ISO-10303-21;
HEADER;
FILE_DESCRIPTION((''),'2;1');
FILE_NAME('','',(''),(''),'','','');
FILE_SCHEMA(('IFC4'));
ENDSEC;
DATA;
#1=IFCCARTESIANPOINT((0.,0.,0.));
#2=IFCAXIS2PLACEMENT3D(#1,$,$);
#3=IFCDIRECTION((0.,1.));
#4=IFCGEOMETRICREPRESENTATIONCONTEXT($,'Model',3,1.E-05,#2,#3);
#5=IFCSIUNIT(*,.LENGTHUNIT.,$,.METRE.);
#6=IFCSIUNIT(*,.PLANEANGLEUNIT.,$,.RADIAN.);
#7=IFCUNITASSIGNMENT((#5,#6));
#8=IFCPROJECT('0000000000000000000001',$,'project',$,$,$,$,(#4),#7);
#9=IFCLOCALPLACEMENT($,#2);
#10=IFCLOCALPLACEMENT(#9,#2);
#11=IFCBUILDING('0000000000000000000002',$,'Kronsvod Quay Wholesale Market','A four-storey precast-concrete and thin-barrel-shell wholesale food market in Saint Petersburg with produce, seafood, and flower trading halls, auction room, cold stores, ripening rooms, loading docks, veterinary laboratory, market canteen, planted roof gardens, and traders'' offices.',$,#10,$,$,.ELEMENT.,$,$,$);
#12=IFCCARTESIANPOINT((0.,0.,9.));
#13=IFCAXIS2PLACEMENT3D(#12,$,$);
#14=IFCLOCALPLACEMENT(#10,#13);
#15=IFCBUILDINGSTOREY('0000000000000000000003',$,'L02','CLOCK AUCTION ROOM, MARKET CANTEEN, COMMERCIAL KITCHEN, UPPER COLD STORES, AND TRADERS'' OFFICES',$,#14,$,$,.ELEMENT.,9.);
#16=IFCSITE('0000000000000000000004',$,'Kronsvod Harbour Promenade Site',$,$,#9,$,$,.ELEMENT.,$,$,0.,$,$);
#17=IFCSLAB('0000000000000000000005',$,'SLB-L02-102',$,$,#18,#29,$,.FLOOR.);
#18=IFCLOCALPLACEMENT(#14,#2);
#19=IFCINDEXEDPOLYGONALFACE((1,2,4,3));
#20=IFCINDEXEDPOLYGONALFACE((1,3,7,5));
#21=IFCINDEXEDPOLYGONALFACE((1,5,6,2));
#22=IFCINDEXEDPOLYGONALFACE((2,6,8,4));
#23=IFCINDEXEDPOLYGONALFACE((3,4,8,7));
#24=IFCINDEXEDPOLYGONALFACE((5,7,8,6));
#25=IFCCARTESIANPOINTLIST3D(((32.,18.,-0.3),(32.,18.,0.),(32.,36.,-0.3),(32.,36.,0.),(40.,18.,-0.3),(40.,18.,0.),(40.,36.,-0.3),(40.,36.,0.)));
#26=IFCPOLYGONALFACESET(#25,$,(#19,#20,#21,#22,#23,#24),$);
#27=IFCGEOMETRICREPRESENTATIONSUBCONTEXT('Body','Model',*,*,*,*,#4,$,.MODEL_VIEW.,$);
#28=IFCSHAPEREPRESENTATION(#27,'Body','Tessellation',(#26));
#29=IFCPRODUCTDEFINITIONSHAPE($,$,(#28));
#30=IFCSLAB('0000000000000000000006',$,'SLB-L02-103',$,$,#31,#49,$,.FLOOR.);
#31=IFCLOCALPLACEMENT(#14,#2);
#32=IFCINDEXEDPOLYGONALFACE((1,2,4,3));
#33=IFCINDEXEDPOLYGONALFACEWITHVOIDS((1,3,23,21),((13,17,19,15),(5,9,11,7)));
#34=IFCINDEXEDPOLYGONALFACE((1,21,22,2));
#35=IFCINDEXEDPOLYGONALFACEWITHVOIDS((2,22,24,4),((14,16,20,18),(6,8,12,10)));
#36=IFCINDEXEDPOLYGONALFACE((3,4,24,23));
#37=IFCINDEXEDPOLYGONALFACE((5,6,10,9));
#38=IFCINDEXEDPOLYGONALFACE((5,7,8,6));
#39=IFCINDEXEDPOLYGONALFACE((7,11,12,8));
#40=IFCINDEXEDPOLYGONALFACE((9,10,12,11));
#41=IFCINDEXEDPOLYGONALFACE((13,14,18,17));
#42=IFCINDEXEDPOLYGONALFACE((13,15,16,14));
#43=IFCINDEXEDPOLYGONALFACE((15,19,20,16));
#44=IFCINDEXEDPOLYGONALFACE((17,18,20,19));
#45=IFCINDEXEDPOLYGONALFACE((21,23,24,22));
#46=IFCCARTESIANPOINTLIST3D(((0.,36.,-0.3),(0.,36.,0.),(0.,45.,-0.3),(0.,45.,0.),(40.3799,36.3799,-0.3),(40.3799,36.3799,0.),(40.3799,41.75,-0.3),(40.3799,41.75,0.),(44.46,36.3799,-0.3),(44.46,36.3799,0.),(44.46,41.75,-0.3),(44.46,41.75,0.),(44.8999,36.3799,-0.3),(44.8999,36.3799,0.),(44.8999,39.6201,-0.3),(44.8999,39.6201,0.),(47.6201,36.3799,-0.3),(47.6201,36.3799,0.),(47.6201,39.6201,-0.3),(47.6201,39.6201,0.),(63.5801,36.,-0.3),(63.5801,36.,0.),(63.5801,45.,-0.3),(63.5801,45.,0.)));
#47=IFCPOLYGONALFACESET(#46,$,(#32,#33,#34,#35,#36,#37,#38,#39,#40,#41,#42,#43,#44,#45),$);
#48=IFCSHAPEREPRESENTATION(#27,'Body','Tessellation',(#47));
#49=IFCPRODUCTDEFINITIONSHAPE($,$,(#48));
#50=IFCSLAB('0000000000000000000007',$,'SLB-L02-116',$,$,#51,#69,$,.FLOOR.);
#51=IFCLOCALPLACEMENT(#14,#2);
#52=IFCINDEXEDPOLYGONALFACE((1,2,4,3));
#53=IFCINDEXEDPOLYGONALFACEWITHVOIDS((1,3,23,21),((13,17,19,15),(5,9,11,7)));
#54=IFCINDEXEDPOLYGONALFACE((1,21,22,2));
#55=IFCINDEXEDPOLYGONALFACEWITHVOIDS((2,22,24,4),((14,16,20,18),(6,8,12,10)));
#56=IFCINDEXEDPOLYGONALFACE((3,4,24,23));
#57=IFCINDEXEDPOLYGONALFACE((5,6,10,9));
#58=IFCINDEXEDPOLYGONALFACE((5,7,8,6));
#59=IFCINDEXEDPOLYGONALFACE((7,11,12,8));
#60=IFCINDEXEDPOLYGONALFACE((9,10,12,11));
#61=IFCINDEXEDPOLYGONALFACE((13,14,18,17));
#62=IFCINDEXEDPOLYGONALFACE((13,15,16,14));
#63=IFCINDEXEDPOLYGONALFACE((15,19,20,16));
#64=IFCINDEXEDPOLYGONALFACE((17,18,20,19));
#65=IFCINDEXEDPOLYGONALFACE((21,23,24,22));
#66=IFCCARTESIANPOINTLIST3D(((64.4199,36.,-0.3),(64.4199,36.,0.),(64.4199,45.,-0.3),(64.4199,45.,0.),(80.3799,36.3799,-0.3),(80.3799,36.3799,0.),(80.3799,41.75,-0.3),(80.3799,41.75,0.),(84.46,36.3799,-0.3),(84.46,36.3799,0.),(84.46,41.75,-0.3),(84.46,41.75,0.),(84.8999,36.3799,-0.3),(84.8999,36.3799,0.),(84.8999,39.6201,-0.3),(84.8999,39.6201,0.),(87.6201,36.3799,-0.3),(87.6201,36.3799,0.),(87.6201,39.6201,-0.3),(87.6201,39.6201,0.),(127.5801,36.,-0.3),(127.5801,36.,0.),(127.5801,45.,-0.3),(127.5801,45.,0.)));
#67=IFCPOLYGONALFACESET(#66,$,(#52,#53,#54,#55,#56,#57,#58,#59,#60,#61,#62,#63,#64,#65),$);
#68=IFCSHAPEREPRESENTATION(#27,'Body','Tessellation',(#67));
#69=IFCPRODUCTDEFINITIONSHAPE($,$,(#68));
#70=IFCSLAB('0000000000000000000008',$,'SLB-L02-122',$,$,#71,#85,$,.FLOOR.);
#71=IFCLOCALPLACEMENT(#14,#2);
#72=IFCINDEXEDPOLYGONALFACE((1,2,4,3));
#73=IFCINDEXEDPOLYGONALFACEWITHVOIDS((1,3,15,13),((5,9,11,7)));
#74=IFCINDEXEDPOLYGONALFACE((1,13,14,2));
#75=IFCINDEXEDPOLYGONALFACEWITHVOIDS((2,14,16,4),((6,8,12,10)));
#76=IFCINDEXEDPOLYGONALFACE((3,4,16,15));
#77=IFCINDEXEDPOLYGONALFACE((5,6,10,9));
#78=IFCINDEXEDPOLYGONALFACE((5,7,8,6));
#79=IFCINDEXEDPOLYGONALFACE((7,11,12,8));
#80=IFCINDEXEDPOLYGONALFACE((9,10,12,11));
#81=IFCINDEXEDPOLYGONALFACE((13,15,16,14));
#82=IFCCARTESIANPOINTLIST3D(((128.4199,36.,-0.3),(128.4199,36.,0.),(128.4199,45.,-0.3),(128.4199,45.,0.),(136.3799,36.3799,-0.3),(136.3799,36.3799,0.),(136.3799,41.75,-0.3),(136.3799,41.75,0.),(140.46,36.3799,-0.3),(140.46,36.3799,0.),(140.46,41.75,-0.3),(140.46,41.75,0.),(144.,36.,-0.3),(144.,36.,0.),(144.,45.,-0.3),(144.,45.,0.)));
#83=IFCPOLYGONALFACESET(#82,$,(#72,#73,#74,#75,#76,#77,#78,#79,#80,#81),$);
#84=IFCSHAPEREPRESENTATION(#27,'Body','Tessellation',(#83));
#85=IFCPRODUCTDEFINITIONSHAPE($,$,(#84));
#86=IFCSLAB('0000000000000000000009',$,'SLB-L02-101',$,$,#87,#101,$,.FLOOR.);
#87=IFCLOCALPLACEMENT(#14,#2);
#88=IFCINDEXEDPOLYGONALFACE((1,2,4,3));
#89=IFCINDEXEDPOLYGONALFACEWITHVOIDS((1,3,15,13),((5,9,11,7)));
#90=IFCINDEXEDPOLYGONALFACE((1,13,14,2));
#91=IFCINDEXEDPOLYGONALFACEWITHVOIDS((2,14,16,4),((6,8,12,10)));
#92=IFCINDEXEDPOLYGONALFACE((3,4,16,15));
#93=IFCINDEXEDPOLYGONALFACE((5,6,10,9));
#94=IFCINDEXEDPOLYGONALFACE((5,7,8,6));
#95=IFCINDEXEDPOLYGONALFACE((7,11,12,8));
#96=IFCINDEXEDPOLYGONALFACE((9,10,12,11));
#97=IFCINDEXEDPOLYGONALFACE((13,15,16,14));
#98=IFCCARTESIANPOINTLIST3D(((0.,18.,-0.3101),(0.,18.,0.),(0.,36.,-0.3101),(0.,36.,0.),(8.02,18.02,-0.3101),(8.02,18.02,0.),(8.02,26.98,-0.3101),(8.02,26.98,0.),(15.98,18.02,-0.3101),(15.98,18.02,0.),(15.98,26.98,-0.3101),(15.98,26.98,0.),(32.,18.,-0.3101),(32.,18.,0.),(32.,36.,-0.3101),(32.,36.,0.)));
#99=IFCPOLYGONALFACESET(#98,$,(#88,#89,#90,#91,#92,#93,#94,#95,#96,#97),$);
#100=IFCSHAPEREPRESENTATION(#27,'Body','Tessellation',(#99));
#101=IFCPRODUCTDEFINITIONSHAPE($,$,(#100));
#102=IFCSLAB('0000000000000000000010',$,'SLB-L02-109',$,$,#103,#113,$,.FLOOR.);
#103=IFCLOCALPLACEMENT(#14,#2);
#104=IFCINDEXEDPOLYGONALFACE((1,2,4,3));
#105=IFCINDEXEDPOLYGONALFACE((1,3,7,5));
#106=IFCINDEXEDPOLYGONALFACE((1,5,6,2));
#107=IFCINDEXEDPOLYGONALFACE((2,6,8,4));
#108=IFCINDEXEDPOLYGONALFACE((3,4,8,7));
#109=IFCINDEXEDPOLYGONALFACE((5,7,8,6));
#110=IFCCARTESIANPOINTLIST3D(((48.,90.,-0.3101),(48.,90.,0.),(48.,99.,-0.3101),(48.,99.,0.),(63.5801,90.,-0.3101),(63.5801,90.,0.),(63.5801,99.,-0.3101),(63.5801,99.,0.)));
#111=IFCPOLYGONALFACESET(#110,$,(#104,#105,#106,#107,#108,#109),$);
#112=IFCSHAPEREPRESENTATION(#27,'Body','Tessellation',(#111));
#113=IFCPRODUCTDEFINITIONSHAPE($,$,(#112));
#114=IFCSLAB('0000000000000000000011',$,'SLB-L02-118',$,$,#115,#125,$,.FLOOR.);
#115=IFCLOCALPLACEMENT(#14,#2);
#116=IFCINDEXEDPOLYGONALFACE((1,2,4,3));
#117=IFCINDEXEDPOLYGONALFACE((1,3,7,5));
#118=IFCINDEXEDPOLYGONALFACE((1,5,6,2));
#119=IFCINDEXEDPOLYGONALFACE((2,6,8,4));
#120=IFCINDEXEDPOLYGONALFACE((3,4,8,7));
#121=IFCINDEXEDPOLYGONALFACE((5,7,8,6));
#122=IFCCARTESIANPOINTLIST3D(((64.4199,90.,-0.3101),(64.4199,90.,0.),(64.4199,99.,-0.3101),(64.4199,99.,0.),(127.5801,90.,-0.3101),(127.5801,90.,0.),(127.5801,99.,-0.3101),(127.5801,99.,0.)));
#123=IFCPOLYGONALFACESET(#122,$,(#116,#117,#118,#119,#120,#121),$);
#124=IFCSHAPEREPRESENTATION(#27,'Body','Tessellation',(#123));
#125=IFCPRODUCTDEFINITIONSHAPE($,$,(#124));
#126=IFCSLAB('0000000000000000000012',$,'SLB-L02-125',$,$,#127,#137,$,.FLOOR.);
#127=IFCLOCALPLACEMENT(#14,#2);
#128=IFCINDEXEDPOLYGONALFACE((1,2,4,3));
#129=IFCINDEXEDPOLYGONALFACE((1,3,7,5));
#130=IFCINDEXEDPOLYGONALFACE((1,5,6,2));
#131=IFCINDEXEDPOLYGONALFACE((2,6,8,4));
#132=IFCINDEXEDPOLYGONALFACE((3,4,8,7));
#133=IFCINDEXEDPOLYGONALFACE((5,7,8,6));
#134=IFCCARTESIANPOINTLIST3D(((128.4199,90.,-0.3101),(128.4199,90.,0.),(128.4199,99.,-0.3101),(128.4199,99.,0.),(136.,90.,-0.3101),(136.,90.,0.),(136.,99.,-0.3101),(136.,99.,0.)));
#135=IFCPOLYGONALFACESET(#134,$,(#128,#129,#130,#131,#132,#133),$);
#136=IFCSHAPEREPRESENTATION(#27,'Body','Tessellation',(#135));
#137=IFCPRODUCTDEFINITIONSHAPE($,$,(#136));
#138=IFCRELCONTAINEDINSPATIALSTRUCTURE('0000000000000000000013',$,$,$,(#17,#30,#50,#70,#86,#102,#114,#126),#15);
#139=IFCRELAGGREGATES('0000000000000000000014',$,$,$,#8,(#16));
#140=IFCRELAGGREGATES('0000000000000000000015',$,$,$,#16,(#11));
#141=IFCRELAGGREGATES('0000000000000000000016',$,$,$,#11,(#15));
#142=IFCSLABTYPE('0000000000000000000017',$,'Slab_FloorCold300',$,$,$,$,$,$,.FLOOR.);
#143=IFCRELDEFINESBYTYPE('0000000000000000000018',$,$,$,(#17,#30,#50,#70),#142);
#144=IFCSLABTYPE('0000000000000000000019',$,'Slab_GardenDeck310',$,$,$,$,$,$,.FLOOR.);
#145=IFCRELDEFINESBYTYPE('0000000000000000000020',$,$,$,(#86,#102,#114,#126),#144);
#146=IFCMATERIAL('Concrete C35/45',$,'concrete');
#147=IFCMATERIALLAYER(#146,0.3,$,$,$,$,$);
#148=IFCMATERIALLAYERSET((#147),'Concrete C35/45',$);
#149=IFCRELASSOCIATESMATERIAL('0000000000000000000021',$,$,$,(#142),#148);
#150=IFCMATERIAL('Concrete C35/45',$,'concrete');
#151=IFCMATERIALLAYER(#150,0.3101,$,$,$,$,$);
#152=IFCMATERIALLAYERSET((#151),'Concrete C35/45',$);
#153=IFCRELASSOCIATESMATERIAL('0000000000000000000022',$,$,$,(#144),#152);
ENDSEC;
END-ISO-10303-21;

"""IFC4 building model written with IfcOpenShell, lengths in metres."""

from ifc_helpers import new_model, si_unit, direction, frame, origin, place, context, subcontext, project, spatial, polyline, outline, extrude, material, layer, layer_set, type_object, element, save


model = new_model("IFC4")

# Units and contexts
model_context = context("Model", 3, precision=1e-05, world=origin(), true_north=direction((0.0, 1.0)))
body_context = subcontext(model_context, "Body", "Model", "MODEL_VIEW")
ifc_project = project(units=[si_unit("LENGTHUNIT", "METRE"), si_unit("PLANEANGLEUNIT", "RADIAN")], contexts=[model_context])

# Site, building, storey
site_placement = place(None, origin())
site = spatial("IfcSite", under=ifc_project, at=site_placement, Name="Kronsvod Harbour Promenade Site", CompositionType="ELEMENT", RefElevation=0.0)
building_placement = place(site_placement, origin())
building = spatial("IfcBuilding", under=site, at=building_placement, Name="Kronsvod Quay Wholesale Market", Description="A four-storey precast-concrete and thin-barrel-shell wholesale food market in Saint Petersburg with produce, seafood, and flower trading halls, auction room, cold stores, ripening rooms, loading docks, veterinary laboratory, market canteen, planted roof gardens, and traders' offices.", CompositionType="ELEMENT")
storey_placement = place(building_placement, frame((0.0, 0.0, 9.0)))
storey = spatial("IfcBuildingStorey", under=building, at=storey_placement, Name="L02", Description="CLOCK AUCTION ROOM, MARKET CANTEEN, COMMERCIAL KITCHEN, UPPER COLD STORES, AND TRADERS' OFFICES", CompositionType="ELEMENT", Elevation=9.0)

# Slabs
ifc_material_1 = material(Name="Concrete C35/45", Category="concrete")
ifc_layer_1 = layer(ifc_material_1, 0.3)
ifc_layer_set_1 = layer_set([ifc_layer_1], Name="Concrete C35/45")
slab_type_1 = type_object("IfcSlabType", Name="Slab_FloorCold300", PredefinedType="FLOOR", material=ifc_layer_set_1)
slab_1_placement = place(storey_placement, frame((0.0, 0.0, -0.3)))
element("IfcSlab", 1, at=slab_1_placement, inside=storey, type_object=slab_type_1, Name="SLB-L02-102", PredefinedType="FLOOR", context=body_context, shape_type="SweptSolid", body=[
    extrude(outline(polyline([(32.0, 18.0), (40.0, 18.0), (40.0, 36.0), (32.0, 36.0), (32.0, 18.0)])), origin(), (0.0, 0.0, 1.0), 0.3),
])
slab_2_placement = place(storey_placement, frame((0.0, 0.0, -0.3)))
element("IfcSlab", 2, at=slab_2_placement, inside=storey, type_object=slab_type_1, Name="SLB-L02-103", PredefinedType="FLOOR", context=body_context, shape_type="SweptSolid", body=[
    extrude(outline(polyline([(0.0, 36.0), (63.5801, 36.0), (63.5801, 45.0), (0.0, 45.0), (0.0, 36.0)]), holes=[polyline([(40.3799, 36.3799), (44.46, 36.3799), (44.46, 41.75), (40.3799, 41.75), (40.3799, 36.3799)]), polyline([(44.8999, 36.3799), (47.6201, 36.3799), (47.6201, 39.6201), (44.8999, 39.6201), (44.8999, 36.3799)])]), origin(), (0.0, 0.0, 1.0), 0.3),
])
slab_3_placement = place(storey_placement, frame((0.0, 0.0, -0.3)))
element("IfcSlab", 3, at=slab_3_placement, inside=storey, type_object=slab_type_1, Name="SLB-L02-116", PredefinedType="FLOOR", context=body_context, shape_type="SweptSolid", body=[
    extrude(outline(polyline([(64.4199, 36.0), (127.5801, 36.0), (127.5801, 45.0), (64.4199, 45.0), (64.4199, 36.0)]), holes=[polyline([(80.3799, 36.3799), (84.46, 36.3799), (84.46, 41.75), (80.3799, 41.75), (80.3799, 36.3799)]), polyline([(84.8999, 36.3799), (87.6201, 36.3799), (87.6201, 39.6201), (84.8999, 39.6201), (84.8999, 36.3799)])]), origin(), (0.0, 0.0, 1.0), 0.3),
])
slab_4_placement = place(storey_placement, frame((0.0, 0.0, -0.3)))
element("IfcSlab", 4, at=slab_4_placement, inside=storey, type_object=slab_type_1, Name="SLB-L02-122", PredefinedType="FLOOR", context=body_context, shape_type="SweptSolid", body=[
    extrude(outline(polyline([(128.4199, 36.0), (144.0, 36.0), (144.0, 45.0), (128.4199, 45.0), (128.4199, 36.0)]), holes=[polyline([(136.3799, 36.3799), (140.46, 36.3799), (140.46, 41.75), (136.3799, 41.75), (136.3799, 36.3799)])]), origin(), (0.0, 0.0, 1.0), 0.3),
])
ifc_material_2 = material(Name="Concrete C35/45", Category="concrete")
ifc_layer_2 = layer(ifc_material_2, 0.3101)
ifc_layer_set_2 = layer_set([ifc_layer_2], Name="Concrete C35/45")
slab_type_2 = type_object("IfcSlabType", Name="Slab_GardenDeck310", PredefinedType="FLOOR", material=ifc_layer_set_2)
slab_5_placement = place(storey_placement, frame((0.0, 0.0, -0.3101)))
element("IfcSlab", 5, at=slab_5_placement, inside=storey, type_object=slab_type_2, Name="SLB-L02-101", PredefinedType="FLOOR", context=body_context, shape_type="SweptSolid", body=[
    extrude(outline(polyline([(0.0, 18.0), (32.0, 18.0), (32.0, 36.0), (0.0, 36.0), (0.0, 18.0)]), holes=[polyline([(8.02, 18.02), (15.98, 18.02), (15.98, 26.98), (8.02, 26.98), (8.02, 18.02)])]), origin(), (0.0, 0.0, 1.0), 0.3101),
])
slab_6_placement = place(storey_placement, frame((0.0, 0.0, -0.3101)))
element("IfcSlab", 6, at=slab_6_placement, inside=storey, type_object=slab_type_2, Name="SLB-L02-109", PredefinedType="FLOOR", context=body_context, shape_type="SweptSolid", body=[
    extrude(outline(polyline([(48.0, 90.0), (63.5801, 90.0), (63.5801, 99.0), (48.0, 99.0), (48.0, 90.0)])), origin(), (0.0, 0.0, 1.0), 0.3101),
])
slab_7_placement = place(storey_placement, frame((0.0, 0.0, -0.3101)))
element("IfcSlab", 7, at=slab_7_placement, inside=storey, type_object=slab_type_2, Name="SLB-L02-118", PredefinedType="FLOOR", context=body_context, shape_type="SweptSolid", body=[
    extrude(outline(polyline([(64.4199, 90.0), (127.5801, 90.0), (127.5801, 99.0), (64.4199, 99.0), (64.4199, 90.0)])), origin(), (0.0, 0.0, 1.0), 0.3101),
])
slab_8_placement = place(storey_placement, frame((0.0, 0.0, -0.3101)))
element("IfcSlab", 8, at=slab_8_placement, inside=storey, type_object=slab_type_2, Name="SLB-L02-125", PredefinedType="FLOOR", context=body_context, shape_type="SweptSolid", body=[
    extrude(outline(polyline([(128.4199, 90.0), (136.0, 90.0), (136.0, 99.0), (128.4199, 99.0), (128.4199, 90.0)])), origin(), (0.0, 0.0, 1.0), 0.3101),
])

save(model, "model.ifc")
